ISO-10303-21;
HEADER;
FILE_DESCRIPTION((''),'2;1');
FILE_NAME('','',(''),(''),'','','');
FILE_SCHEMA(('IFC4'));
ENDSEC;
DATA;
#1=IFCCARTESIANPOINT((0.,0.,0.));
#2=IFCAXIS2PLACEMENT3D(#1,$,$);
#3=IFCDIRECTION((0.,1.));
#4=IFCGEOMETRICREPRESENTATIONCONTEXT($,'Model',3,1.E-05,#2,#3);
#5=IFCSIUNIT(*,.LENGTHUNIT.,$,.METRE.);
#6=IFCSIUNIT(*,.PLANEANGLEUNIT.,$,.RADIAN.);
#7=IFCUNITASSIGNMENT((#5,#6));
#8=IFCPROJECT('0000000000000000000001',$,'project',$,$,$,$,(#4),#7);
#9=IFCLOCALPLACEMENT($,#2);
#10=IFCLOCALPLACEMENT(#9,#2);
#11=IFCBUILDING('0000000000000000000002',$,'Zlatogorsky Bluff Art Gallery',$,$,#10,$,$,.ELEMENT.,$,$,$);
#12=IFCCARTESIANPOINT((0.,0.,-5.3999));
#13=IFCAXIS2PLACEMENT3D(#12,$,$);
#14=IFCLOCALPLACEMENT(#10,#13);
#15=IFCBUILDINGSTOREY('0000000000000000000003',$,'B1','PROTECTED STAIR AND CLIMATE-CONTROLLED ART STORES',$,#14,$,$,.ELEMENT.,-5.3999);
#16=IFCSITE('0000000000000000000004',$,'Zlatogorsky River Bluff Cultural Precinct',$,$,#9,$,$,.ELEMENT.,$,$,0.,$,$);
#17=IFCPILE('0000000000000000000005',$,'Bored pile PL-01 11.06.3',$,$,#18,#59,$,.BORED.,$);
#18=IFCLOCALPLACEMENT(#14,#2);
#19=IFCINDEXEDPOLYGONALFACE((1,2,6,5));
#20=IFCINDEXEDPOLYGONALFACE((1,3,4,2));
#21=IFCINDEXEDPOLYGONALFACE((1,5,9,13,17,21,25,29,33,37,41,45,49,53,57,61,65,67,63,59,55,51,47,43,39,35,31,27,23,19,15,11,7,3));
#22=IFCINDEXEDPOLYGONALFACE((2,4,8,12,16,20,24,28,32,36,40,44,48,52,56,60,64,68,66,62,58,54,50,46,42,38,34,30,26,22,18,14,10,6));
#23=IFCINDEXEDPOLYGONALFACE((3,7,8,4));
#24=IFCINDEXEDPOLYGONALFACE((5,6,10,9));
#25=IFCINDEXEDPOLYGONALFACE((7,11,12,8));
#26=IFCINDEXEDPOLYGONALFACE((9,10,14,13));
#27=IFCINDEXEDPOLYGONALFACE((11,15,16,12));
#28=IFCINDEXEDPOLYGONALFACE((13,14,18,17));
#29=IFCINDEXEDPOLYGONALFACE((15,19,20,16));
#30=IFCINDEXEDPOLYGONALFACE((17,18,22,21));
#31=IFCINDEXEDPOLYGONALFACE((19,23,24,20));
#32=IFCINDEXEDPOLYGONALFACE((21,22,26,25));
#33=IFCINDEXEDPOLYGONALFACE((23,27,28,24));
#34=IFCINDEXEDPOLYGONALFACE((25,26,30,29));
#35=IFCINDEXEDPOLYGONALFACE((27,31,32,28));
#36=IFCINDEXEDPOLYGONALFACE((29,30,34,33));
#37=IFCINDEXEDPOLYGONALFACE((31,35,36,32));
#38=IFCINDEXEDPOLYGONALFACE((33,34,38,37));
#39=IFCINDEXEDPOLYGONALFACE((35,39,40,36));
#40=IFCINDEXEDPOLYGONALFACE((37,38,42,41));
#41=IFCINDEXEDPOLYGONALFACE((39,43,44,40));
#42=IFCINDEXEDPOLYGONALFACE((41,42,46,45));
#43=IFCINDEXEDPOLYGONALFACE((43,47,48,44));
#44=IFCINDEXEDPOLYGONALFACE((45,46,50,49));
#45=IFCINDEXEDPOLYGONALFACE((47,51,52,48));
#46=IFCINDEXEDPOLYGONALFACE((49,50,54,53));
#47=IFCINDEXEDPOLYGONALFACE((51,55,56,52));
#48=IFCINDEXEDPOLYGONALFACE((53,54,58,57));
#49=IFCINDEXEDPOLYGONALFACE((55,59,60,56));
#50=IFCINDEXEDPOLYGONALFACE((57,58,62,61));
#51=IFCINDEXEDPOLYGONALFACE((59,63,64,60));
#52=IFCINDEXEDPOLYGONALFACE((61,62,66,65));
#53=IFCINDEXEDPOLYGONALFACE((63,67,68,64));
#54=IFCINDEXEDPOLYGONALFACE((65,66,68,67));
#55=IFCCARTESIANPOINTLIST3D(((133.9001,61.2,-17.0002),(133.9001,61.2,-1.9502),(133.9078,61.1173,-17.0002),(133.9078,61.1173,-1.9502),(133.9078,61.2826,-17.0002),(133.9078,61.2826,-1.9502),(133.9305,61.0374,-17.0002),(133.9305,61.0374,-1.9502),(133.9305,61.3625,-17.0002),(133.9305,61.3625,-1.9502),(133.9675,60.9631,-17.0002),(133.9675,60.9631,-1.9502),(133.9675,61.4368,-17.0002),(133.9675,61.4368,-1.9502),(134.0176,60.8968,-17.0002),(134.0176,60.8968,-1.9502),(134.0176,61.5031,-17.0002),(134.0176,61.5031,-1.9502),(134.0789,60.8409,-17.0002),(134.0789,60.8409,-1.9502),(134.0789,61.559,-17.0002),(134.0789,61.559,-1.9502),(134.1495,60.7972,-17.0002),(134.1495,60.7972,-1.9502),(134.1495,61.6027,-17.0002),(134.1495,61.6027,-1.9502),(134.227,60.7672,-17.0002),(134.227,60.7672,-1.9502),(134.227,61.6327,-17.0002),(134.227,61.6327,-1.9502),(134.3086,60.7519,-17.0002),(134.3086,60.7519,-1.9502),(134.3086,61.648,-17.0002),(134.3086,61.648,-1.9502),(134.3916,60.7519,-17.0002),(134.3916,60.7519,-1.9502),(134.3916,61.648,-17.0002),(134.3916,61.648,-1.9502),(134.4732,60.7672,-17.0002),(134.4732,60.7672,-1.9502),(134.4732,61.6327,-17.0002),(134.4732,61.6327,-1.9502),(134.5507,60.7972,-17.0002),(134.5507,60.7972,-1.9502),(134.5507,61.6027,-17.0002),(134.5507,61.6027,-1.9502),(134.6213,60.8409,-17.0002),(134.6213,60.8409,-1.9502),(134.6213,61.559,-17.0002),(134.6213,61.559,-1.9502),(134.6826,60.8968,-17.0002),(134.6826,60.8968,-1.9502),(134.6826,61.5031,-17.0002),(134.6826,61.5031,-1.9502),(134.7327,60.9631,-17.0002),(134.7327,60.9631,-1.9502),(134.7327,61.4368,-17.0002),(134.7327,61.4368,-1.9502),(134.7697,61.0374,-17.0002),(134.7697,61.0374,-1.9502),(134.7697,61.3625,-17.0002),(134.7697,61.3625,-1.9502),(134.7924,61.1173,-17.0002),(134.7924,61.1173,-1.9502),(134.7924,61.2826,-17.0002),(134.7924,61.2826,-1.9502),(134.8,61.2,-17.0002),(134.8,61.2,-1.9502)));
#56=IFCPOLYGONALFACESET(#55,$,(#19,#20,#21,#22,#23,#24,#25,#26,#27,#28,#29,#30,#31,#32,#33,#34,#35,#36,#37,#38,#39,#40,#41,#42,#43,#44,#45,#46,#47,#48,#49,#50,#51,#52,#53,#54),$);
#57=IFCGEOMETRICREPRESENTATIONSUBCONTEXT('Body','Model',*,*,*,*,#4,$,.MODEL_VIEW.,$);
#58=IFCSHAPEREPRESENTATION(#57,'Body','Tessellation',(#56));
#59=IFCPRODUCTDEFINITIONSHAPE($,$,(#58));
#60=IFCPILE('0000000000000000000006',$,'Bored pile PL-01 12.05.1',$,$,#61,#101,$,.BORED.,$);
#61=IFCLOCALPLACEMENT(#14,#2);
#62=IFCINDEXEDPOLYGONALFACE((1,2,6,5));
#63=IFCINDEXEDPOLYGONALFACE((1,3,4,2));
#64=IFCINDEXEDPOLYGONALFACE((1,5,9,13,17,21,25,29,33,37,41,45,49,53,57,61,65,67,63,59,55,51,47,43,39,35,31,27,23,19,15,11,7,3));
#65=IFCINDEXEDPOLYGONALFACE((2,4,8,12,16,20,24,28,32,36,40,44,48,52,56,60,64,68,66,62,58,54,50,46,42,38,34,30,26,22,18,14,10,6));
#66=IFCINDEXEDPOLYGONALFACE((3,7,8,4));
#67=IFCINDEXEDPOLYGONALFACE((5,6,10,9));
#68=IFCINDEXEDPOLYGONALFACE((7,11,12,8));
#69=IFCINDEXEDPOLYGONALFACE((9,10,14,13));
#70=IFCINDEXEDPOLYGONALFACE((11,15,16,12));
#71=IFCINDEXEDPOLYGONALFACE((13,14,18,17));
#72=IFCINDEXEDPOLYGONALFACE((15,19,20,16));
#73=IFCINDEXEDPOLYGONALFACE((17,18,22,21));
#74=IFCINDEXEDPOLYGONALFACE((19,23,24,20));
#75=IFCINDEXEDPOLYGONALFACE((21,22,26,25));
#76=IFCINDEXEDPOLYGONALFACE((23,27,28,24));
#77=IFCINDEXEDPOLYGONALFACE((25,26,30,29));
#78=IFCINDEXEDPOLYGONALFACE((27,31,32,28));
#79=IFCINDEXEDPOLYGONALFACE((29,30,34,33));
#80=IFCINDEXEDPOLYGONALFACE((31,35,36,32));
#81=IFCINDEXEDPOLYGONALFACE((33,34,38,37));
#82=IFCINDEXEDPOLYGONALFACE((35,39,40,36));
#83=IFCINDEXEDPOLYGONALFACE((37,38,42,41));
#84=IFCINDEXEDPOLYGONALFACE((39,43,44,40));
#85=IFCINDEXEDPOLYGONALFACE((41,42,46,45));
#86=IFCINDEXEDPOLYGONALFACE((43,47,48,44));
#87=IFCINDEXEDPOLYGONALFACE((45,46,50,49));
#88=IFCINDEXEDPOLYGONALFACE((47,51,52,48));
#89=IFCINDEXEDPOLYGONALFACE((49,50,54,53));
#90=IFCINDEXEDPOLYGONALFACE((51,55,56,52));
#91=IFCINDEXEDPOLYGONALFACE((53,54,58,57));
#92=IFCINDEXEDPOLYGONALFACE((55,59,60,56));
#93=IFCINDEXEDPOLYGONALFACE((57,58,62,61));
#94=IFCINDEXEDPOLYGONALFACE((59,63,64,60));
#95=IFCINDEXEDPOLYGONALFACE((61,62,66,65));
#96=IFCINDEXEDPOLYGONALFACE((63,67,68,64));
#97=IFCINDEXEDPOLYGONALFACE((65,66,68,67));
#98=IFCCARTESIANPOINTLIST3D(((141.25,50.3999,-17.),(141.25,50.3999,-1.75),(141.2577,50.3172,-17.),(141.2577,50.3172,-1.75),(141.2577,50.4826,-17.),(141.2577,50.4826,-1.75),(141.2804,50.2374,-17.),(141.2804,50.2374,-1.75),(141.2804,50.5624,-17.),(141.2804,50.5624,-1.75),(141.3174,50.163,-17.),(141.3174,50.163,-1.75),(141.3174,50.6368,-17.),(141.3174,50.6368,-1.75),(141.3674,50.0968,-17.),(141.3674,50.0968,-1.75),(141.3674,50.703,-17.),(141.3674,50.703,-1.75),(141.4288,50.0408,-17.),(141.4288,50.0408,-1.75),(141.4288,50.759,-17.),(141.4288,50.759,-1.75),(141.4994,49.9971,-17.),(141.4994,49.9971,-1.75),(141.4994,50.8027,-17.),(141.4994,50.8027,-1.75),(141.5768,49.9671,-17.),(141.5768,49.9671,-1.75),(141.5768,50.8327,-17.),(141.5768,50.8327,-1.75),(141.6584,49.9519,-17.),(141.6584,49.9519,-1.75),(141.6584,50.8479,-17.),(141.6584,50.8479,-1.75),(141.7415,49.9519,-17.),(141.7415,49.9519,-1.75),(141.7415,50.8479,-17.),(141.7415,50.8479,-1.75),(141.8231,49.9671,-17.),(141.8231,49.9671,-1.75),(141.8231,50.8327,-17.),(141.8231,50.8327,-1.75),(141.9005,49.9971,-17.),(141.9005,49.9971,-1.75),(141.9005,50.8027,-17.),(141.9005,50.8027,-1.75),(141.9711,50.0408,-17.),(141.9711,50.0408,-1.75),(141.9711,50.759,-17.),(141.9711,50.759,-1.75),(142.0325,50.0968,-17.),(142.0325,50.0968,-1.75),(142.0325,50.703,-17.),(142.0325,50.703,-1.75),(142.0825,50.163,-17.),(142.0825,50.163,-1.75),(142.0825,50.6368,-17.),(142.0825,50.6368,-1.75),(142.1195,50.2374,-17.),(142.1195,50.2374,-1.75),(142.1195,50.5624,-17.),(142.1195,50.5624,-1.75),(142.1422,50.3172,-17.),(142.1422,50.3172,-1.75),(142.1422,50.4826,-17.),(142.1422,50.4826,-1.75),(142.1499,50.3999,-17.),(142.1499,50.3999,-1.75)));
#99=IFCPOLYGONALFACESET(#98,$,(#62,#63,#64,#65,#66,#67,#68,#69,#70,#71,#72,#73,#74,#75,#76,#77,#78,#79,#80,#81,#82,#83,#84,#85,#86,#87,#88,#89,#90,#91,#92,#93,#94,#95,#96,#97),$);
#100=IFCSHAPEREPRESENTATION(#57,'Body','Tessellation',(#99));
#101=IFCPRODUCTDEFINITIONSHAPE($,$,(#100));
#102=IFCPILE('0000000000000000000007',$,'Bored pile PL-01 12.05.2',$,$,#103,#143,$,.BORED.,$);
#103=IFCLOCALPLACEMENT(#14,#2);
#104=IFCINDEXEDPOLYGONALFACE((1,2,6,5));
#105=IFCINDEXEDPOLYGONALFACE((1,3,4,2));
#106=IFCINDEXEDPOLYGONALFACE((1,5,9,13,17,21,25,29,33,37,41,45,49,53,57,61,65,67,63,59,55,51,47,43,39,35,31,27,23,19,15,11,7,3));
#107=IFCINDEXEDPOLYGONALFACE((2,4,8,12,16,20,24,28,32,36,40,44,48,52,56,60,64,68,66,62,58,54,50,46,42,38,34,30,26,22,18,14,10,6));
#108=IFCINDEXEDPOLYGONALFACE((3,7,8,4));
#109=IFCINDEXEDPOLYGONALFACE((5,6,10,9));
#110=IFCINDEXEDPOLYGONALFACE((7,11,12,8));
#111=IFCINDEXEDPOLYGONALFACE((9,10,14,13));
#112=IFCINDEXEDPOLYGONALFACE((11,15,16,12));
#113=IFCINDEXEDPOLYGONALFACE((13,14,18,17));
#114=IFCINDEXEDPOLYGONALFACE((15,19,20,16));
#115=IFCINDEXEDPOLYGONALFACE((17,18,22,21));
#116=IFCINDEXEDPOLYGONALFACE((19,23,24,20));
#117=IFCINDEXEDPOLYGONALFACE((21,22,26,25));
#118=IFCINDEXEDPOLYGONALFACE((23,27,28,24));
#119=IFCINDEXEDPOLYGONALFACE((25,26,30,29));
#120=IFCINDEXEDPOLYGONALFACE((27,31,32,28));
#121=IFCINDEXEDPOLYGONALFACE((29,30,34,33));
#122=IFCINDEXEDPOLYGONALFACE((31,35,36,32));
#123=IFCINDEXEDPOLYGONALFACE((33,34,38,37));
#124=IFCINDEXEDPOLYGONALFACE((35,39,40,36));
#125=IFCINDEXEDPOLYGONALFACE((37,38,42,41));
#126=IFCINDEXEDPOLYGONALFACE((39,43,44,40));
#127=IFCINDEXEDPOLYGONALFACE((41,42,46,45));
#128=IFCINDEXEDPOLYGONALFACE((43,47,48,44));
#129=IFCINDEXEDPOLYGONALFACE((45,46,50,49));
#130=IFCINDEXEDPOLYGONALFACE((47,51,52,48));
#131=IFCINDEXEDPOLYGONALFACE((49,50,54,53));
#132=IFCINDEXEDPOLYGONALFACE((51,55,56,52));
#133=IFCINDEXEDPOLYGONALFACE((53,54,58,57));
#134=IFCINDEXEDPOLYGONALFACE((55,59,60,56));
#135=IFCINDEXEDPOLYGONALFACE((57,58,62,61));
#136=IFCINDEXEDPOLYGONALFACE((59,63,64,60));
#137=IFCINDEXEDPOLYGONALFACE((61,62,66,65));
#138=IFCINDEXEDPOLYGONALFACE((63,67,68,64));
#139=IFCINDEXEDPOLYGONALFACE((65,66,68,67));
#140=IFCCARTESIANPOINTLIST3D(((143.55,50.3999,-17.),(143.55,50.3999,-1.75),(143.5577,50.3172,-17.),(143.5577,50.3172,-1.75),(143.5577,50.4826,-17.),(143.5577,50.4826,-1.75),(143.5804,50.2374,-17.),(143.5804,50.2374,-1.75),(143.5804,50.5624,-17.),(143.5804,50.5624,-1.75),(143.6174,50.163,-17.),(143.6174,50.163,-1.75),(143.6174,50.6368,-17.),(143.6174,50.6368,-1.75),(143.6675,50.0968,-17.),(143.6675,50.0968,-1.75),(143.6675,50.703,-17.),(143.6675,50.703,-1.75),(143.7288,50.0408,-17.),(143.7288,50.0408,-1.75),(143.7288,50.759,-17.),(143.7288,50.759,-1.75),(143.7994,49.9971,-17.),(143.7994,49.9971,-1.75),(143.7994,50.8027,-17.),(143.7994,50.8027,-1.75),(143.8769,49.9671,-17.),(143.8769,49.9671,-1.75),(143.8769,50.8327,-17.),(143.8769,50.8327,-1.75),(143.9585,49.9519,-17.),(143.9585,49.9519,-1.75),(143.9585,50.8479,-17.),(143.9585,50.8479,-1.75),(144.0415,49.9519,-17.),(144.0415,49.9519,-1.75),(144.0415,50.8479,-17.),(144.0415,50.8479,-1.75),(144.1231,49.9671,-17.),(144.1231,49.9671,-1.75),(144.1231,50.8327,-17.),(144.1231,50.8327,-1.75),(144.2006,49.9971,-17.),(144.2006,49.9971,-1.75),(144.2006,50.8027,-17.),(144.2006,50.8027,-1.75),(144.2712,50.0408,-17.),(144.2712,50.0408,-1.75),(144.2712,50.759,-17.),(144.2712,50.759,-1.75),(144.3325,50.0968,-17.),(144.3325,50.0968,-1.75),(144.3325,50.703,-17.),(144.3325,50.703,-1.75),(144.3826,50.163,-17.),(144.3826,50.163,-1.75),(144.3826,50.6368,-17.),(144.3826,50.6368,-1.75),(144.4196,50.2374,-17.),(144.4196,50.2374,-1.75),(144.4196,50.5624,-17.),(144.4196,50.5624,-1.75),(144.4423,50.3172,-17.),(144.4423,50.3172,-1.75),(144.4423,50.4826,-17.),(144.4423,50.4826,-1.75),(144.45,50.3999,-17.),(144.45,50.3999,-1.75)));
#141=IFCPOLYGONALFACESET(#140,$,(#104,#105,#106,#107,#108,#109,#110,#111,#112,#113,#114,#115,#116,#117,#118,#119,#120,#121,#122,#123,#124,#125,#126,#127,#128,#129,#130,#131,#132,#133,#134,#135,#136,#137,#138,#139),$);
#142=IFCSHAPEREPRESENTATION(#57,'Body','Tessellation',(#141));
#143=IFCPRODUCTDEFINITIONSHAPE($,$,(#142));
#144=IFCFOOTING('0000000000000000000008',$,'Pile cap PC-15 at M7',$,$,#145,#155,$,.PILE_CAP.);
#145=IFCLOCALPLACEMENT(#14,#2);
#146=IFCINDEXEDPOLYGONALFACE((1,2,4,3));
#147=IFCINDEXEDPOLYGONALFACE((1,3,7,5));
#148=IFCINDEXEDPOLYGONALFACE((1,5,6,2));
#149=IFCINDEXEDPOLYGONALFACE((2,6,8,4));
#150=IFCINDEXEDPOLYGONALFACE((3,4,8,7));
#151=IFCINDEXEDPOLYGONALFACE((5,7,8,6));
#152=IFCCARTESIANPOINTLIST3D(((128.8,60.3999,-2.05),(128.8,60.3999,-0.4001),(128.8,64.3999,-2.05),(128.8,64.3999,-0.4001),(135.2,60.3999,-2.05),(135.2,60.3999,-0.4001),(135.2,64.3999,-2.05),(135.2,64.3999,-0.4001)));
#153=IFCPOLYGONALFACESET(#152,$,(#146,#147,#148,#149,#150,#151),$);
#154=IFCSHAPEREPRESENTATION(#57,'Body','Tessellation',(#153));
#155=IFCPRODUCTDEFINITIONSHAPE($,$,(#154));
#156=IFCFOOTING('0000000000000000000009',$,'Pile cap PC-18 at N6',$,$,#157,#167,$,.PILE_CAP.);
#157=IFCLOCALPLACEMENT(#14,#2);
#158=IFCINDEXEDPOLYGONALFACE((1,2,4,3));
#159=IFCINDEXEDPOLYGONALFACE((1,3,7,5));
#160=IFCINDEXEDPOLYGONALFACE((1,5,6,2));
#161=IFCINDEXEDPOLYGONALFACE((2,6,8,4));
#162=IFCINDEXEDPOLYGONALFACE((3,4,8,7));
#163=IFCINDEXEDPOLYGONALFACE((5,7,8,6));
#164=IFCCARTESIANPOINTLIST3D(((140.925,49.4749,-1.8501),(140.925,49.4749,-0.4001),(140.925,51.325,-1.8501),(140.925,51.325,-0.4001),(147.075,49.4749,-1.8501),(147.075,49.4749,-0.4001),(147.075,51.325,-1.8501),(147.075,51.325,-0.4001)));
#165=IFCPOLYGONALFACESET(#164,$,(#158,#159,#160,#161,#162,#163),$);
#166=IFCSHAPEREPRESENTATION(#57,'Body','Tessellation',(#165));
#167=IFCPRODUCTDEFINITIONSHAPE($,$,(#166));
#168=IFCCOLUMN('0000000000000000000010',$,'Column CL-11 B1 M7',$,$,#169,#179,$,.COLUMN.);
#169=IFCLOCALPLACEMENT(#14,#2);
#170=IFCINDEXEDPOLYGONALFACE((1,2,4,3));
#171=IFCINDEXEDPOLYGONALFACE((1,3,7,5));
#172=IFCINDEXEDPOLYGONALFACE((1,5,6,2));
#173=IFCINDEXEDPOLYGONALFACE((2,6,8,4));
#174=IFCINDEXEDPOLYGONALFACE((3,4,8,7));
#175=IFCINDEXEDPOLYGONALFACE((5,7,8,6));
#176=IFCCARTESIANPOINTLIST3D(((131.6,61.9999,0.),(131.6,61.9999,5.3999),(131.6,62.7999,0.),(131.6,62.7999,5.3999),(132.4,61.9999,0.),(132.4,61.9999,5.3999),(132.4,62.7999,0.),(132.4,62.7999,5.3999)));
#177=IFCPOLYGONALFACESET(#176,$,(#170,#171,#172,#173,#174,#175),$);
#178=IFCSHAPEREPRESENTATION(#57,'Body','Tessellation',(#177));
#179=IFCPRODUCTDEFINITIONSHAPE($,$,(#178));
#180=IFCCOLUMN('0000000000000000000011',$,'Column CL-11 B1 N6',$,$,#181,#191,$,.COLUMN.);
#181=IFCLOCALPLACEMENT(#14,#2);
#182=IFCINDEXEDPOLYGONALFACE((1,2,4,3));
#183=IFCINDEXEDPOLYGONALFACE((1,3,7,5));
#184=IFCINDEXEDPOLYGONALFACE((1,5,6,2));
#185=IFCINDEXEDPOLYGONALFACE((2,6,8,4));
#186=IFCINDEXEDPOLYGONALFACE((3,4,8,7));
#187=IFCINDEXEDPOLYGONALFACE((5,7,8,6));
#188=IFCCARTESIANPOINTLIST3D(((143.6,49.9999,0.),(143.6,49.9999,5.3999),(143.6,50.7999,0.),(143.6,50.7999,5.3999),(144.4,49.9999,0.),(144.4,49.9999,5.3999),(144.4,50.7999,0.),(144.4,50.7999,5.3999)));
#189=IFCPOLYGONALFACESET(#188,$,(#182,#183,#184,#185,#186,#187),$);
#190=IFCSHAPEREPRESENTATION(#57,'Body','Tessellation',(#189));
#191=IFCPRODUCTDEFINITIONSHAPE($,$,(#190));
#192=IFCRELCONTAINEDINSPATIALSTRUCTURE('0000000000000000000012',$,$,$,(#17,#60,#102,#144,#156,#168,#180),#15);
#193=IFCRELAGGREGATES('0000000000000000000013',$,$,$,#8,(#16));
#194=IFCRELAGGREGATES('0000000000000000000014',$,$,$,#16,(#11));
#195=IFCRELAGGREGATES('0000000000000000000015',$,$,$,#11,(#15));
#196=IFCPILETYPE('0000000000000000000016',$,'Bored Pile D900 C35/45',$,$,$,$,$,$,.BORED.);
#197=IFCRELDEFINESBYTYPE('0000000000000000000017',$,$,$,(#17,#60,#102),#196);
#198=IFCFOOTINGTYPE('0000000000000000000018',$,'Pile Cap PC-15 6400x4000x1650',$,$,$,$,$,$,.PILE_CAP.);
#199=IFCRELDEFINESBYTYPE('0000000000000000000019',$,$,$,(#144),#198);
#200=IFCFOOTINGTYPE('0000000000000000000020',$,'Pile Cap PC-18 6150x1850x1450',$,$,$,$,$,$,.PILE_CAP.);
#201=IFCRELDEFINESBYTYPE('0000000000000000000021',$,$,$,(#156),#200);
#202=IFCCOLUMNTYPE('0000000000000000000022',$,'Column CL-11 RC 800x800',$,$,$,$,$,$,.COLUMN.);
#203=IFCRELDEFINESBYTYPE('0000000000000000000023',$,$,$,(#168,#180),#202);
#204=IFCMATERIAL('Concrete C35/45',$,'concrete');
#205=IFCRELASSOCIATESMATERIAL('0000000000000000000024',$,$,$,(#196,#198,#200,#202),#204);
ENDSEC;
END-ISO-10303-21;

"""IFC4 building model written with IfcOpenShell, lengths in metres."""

from ifc_helpers import new_model, si_unit, direction, frame, origin, origin_2d, place, context, subcontext, project, spatial, rectangle, circle, extrude, material, material_profile, profile_set, type_object, element, save


model = new_model("IFC4")

# Units and contexts
model_context = context("Model", 3, precision=1e-05, world=origin(), true_north=direction((0.0, 1.0)))
body_context = subcontext(model_context, "Body", "Model", "MODEL_VIEW")
ifc_project = project(units=[si_unit("LENGTHUNIT", "METRE"), si_unit("PLANEANGLEUNIT", "RADIAN")], contexts=[model_context])

# Site, building, storey
site_placement = place(None, origin())
site = spatial("IfcSite", under=ifc_project, at=site_placement, Name="Zlatogorsky River Bluff Cultural Precinct", CompositionType="ELEMENT", RefElevation=0.0)
building_placement = place(site_placement, origin())
building = spatial("IfcBuilding", under=site, at=building_placement, Name="Zlatogorsky Bluff Art Gallery", CompositionType="ELEMENT")
storey_placement = place(building_placement, frame((0.0, 0.0, -5.3999)))
storey = spatial("IfcBuildingStorey", under=building, at=storey_placement, Name="B1", Description="PROTECTED STAIR AND CLIMATE-CONTROLLED ART STORES", CompositionType="ELEMENT", Elevation=-5.3999)

# Piles
ifc_material_1 = material(Name="Concrete C35/45", Category="concrete")
ifc_material_profile_1 = material_profile(ifc_material_1, circle(Radius=0.45, at=origin_2d()), Name="BORED PILE D900")
ifc_profile_set_1 = profile_set([ifc_material_profile_1], Name="Concrete C35/45")
pile_type = type_object("IfcPileType", Name="Bored Pile D900 C35/45", PredefinedType="BORED", material=ifc_profile_set_1)
for number, where, z_axis, x_axis, name in (
    (1, (134.3501, 61.2, -1.9502), (0.0, 0.0, -1.0), (1.0, 0.0, 0.0), "Bored pile PL-01 11.06.3"),
):
    element("IfcPile", number, at=place(storey_placement, frame(where, z_axis=z_axis, x_axis=x_axis)), inside=storey, type_object=pile_type, Name=name, PredefinedType="BORED", context=body_context, shape_type="SweptSolid", body=[
        extrude(circle(Radius=0.45, at=origin_2d()), origin(), (0.0, 0.0, 1.0), 15.05),
    ])
for number, where, z_axis, x_axis, name in (
    (2, (141.7, 50.3999, -1.75), (0.0, 0.0, -1.0), (1.0, 0.0, 0.0), "Bored pile PL-01 12.05.1"),
    (3, (144.0, 50.3999, -1.75), (0.0, 0.0, -1.0), (1.0, 0.0, 0.0), "Bored pile PL-01 12.05.2"),
):
    element("IfcPile", number, at=place(storey_placement, frame(where, z_axis=z_axis, x_axis=x_axis)), inside=storey, type_object=pile_type, Name=name, PredefinedType="BORED", context=body_context, shape_type="SweptSolid", body=[
        extrude(circle(Radius=0.45, at=origin_2d()), origin(), (0.0, 0.0, 1.0), 15.25),
    ])

# Footings
footing_type_1 = type_object("IfcFootingType", Name="Pile Cap PC-15 6400x4000x1650", PredefinedType="PILE_CAP", material=ifc_material_1)
footing_1_placement = place(storey_placement, frame((132.0, 62.3999, -2.05), z_axis=(0.0, 0.0, 1.0), x_axis=(1.0, 0.0, 0.0)))
element("IfcFooting", 4, at=footing_1_placement, inside=storey, type_object=footing_type_1, Name="Pile cap PC-15 at M7", PredefinedType="PILE_CAP", context=body_context, shape_type="SweptSolid", body=[
    extrude(rectangle(XDim=6.3999, YDim=4.0, at=origin_2d()), origin(), (0.0, 0.0, 1.0), 1.6499),
])
footing_type_2 = type_object("IfcFootingType", Name="Pile Cap PC-18 6150x1850x1450", PredefinedType="PILE_CAP", material=ifc_material_1)
footing_2_placement = place(storey_placement, frame((144.0, 50.3999, -1.8501), z_axis=(0.0, 0.0, 1.0), x_axis=(1.0, 0.0, 0.0)))
element("IfcFooting", 5, at=footing_2_placement, inside=storey, type_object=footing_type_2, Name="Pile cap PC-18 at N6", PredefinedType="PILE_CAP", context=body_context, shape_type="SweptSolid", body=[
    extrude(rectangle(XDim=6.1499, YDim=1.8501, at=origin_2d()), origin(), (0.0, 0.0, 1.0), 1.45),
])

# Columns
ifc_material_profile_2 = material_profile(ifc_material_1, rectangle(XDim=0.8, YDim=0.8, at=origin_2d()), Name="RC 800x800")
ifc_profile_set_2 = profile_set([ifc_material_profile_2], Name="Concrete C35/45")
column_type = type_object("IfcColumnType", Name="Column CL-11 RC 800x800", PredefinedType="COLUMN", material=ifc_profile_set_2)
for number, where, z_axis, x_axis, name in (
    (6, (132.0, 62.3999, 0.0), (0.0, 0.0, 1.0), (1.0, 0.0, 0.0), "Column CL-11 B1 M7"),
    (7, (144.0, 50.3999, 0.0), (0.0, 0.0, 1.0), (1.0, 0.0, 0.0), "Column CL-11 B1 N6"),
):
    element("IfcColumn", number, at=place(storey_placement, frame(where, z_axis=z_axis, x_axis=x_axis)), inside=storey, type_object=column_type, Name=name, PredefinedType="COLUMN", context=body_context, shape_type="SweptSolid", body=[
        extrude(rectangle(XDim=0.8, YDim=0.8, at=origin_2d()), origin(), (0.0, 0.0, 1.0), 5.3999),
    ])

save(model, "model.ifc")
